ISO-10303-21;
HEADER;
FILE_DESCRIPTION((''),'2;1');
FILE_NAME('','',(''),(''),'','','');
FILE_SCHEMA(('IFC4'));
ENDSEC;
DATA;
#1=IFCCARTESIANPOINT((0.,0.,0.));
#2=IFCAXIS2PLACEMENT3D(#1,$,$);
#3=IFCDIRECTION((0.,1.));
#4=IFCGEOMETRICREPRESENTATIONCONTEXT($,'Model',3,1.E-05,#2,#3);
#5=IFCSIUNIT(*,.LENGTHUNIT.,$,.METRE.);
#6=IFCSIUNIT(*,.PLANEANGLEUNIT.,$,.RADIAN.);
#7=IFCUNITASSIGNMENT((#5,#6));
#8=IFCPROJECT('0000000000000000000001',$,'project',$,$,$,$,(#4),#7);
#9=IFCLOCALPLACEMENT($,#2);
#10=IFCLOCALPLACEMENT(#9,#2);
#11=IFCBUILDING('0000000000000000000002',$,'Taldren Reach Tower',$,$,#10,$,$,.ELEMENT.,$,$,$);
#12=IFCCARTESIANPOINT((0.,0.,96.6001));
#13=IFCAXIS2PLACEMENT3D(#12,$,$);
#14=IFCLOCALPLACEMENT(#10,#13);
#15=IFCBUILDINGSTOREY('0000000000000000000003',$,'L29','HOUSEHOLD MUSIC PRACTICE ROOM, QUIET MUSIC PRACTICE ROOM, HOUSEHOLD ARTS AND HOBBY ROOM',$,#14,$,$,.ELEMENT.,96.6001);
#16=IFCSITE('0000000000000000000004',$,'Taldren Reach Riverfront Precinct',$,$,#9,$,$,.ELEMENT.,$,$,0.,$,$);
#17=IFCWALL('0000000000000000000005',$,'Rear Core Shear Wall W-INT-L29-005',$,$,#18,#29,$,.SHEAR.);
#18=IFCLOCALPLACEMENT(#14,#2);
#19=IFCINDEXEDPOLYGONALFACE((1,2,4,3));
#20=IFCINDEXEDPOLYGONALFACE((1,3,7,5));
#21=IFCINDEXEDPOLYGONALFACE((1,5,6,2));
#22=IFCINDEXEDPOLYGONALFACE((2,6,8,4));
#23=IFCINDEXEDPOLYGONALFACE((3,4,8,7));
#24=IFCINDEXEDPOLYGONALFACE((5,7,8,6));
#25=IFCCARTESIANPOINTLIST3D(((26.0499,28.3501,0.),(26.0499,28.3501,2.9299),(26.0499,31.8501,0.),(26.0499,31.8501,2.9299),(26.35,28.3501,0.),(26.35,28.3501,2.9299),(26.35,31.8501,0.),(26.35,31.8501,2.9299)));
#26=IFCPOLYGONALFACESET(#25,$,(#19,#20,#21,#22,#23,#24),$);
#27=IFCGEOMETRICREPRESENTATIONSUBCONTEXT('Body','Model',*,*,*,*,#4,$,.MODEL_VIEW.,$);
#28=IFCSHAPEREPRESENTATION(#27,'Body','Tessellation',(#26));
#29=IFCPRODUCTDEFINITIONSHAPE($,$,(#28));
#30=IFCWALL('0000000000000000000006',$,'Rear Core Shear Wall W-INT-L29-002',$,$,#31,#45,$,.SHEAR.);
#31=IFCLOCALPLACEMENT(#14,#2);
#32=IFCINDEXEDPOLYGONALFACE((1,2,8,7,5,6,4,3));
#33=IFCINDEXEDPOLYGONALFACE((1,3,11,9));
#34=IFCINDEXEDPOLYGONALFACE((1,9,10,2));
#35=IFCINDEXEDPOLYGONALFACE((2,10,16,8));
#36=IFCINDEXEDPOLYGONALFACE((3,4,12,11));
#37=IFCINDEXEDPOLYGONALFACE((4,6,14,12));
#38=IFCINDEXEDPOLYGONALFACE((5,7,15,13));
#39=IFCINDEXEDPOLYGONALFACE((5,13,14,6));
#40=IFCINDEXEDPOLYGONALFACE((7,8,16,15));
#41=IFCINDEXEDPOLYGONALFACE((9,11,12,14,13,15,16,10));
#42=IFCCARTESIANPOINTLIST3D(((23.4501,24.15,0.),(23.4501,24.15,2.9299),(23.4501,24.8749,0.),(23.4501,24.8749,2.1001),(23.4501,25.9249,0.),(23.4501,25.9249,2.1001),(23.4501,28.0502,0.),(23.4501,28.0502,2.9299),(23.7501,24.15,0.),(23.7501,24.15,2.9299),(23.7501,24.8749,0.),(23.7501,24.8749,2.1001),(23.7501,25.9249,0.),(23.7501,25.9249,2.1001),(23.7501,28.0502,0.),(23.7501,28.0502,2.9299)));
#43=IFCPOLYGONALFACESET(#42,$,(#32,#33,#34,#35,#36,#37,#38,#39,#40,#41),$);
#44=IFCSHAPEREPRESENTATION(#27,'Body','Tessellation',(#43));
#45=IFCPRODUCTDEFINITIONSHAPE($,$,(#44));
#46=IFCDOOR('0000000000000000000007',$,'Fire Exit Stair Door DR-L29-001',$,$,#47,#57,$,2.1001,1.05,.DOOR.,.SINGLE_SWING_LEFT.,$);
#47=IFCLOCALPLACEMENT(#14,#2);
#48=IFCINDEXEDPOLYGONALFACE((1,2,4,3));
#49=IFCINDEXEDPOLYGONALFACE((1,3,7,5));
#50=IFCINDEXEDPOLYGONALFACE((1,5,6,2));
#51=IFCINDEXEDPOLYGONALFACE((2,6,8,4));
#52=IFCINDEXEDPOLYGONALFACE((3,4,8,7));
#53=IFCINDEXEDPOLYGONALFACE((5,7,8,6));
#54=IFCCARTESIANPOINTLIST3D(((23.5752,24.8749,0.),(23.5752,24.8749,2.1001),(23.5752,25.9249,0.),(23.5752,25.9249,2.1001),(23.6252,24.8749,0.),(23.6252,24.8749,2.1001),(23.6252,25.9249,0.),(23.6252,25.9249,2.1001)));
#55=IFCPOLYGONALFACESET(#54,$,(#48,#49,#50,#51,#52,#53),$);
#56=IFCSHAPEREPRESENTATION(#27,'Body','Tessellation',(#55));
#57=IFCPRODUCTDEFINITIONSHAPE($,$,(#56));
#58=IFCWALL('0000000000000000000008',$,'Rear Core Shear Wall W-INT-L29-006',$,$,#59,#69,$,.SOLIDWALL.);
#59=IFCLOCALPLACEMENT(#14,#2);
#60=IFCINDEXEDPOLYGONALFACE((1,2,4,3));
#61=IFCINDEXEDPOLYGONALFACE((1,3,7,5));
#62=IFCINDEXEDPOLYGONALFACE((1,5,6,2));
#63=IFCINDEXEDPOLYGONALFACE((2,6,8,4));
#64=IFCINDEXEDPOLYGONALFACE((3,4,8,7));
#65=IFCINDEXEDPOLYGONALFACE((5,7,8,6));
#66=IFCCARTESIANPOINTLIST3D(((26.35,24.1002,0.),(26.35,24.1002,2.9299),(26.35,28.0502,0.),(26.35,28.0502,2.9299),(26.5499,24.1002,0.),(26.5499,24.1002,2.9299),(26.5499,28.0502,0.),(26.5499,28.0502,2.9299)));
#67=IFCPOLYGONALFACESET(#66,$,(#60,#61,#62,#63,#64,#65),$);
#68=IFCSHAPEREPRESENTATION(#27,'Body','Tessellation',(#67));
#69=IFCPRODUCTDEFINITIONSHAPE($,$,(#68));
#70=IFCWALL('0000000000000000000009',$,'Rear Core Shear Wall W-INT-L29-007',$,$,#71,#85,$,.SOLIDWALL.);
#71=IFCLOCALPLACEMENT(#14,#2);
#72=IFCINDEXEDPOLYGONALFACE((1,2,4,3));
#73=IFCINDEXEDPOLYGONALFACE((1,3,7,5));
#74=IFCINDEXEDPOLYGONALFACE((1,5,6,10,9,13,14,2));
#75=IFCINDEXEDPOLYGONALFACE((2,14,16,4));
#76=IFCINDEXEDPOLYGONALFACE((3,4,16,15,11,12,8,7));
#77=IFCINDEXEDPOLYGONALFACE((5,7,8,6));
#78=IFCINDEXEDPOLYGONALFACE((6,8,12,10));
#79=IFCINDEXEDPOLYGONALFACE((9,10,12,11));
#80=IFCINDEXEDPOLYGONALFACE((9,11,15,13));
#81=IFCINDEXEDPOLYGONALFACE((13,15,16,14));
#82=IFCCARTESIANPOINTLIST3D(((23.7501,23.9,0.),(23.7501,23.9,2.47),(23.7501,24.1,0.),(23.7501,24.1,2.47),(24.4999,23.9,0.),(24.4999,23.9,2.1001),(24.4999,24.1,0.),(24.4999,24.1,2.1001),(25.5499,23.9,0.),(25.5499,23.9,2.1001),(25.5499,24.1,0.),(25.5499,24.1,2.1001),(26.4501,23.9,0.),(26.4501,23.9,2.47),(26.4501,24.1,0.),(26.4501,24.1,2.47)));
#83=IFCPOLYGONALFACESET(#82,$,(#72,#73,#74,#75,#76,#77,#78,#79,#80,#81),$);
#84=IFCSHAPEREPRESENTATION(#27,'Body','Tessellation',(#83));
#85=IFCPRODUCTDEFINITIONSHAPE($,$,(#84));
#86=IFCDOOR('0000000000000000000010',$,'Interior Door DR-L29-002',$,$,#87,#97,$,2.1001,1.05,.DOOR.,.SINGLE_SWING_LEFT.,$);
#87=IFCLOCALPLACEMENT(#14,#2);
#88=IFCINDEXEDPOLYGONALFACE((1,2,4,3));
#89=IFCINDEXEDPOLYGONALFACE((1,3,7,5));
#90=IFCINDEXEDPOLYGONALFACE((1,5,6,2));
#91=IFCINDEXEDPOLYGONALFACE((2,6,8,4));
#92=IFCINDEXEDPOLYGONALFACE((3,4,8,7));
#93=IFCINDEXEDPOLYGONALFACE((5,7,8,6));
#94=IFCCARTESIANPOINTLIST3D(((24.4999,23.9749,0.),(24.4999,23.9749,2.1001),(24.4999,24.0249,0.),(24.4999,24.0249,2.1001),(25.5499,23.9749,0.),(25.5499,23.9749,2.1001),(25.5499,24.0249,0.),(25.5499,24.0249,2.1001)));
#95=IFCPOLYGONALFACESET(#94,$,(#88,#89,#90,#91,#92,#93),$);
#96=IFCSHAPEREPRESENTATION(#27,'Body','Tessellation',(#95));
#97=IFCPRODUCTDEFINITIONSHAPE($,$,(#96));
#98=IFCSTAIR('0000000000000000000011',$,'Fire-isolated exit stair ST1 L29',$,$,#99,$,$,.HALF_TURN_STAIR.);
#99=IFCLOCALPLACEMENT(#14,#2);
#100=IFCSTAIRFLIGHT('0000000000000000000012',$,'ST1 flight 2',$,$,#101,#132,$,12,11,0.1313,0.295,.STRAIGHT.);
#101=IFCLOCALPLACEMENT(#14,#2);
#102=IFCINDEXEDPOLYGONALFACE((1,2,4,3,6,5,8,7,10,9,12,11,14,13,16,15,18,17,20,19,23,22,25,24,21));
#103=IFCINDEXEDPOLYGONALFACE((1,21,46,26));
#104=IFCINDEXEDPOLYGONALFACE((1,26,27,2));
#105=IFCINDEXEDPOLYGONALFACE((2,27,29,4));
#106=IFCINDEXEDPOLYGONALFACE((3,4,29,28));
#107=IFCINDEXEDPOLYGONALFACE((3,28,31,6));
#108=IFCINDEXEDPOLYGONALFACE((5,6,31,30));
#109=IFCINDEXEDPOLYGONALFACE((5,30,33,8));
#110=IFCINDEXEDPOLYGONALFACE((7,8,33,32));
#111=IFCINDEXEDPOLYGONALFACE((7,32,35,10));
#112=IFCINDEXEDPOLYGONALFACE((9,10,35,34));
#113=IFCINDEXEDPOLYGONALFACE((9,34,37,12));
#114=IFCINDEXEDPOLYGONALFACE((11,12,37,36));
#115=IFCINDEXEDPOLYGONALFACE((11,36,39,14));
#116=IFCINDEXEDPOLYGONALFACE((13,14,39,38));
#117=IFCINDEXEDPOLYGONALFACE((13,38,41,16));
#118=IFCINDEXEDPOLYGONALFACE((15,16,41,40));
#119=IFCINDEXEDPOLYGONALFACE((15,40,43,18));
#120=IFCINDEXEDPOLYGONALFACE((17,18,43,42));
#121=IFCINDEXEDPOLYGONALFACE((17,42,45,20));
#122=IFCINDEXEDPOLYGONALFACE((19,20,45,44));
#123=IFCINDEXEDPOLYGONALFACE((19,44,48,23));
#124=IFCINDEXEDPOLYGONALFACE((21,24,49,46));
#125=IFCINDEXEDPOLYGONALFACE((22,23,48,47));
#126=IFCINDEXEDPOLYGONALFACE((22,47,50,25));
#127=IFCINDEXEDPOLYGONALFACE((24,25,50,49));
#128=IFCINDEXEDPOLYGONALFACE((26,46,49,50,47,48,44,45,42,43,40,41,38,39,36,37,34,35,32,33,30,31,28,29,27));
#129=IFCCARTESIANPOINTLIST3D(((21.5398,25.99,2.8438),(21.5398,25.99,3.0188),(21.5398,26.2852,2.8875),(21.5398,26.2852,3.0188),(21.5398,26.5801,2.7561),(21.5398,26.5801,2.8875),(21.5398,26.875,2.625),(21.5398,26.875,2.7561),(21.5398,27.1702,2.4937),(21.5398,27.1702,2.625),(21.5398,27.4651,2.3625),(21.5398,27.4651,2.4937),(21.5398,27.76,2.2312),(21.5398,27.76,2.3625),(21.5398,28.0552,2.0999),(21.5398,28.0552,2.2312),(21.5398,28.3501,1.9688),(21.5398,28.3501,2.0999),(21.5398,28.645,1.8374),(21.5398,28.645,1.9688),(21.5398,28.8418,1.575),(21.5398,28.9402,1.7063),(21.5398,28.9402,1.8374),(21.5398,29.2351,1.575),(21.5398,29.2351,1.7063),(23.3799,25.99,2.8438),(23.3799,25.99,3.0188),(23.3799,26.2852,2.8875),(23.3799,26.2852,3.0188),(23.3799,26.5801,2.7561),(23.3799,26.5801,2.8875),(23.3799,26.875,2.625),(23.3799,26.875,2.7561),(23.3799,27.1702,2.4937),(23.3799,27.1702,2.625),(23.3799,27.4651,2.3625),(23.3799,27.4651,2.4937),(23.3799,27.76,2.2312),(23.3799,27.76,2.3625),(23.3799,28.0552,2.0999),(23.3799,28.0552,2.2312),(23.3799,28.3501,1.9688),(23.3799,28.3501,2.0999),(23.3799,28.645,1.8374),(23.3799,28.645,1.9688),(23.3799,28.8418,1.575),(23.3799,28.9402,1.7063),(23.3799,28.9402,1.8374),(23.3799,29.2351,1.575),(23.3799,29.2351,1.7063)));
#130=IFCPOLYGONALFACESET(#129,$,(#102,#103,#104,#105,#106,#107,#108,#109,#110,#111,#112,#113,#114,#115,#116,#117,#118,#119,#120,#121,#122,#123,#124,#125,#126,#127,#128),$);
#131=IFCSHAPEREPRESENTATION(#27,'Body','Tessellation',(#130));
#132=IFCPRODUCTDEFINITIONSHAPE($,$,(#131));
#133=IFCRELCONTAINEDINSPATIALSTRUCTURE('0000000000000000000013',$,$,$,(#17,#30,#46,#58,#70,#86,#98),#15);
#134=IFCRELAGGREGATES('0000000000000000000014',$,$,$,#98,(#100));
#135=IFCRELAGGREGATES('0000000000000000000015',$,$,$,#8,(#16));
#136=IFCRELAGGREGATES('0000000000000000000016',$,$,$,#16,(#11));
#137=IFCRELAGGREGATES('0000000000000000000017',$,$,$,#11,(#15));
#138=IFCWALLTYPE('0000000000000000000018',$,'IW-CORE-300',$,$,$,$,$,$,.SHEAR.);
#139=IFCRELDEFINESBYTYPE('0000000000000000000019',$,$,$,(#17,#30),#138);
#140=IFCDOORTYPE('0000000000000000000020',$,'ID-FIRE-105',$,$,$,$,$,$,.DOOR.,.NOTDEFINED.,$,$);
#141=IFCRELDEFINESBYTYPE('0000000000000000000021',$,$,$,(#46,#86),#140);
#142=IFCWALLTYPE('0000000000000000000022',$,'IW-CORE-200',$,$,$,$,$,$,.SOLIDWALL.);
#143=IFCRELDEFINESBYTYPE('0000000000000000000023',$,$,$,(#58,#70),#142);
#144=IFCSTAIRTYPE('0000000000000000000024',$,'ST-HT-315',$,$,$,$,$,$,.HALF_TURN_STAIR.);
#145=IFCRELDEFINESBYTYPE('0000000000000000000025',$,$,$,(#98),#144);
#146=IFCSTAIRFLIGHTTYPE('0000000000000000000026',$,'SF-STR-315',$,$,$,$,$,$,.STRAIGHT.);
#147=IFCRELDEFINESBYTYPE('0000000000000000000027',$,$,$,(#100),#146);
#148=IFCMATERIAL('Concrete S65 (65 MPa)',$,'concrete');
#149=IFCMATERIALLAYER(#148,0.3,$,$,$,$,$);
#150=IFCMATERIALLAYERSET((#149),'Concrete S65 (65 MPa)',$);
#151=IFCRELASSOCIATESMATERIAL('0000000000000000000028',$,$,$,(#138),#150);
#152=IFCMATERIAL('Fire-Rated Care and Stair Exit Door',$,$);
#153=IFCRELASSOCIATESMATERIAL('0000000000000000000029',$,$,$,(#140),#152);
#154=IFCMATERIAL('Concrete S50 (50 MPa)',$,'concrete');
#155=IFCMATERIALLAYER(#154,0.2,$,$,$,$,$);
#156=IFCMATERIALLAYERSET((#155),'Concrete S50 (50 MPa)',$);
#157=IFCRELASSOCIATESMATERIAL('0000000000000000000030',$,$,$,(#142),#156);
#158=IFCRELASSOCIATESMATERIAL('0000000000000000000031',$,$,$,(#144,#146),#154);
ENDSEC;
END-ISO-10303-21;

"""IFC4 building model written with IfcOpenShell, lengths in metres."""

from ifc_helpers import new_model, si_unit, direction, frame, frame_2d, origin, place, context, subcontext, project, spatial, polyline, rectangle, outline, extrude, source, transform, mapped, material, layer, layer_set, type_object, element, fill, aggregate, save


model = new_model("IFC4")

# Units and contexts
model_context = context("Model", 3, precision=1e-05, world=origin(), true_north=direction((0.0, 1.0)))
body_context = subcontext(model_context, "Body", "Model", "MODEL_VIEW")
ifc_project = project(units=[si_unit("LENGTHUNIT", "METRE"), si_unit("PLANEANGLEUNIT", "RADIAN")], contexts=[model_context])

# Site, building, storey
site_placement = place(None, origin())
site = spatial("IfcSite", under=ifc_project, at=site_placement, Name="Taldren Reach Riverfront Precinct", CompositionType="ELEMENT", RefElevation=0.0)
building_placement = place(site_placement, origin())
building = spatial("IfcBuilding", under=site, at=building_placement, Name="Taldren Reach Tower", CompositionType="ELEMENT")
storey_placement = place(building_placement, frame((0.0, 0.0, 96.6001)))
storey = spatial("IfcBuildingStorey", under=building, at=storey_placement, Name="L29", Description="HOUSEHOLD MUSIC PRACTICE ROOM, QUIET MUSIC PRACTICE ROOM, HOUSEHOLD ARTS AND HOBBY ROOM", CompositionType="ELEMENT", Elevation=96.6001)

# Shared definitions
ifc_material_1 = material(Name="Concrete S65 (65 MPa)", Category="concrete")

# Wall
ifc_layer_1 = layer(ifc_material_1, 0.3)
ifc_layer_set_1 = layer_set([ifc_layer_1], Name="Concrete S65 (65 MPa)")
wall_type_1 = type_object("IfcWallType", Name="IW-CORE-300", PredefinedType="SHEAR", material=ifc_layer_set_1)
shared_shape_1 = source(origin(), body_context, "Body", "SweptSolid", [
    extrude(rectangle(XDim=3.5, YDim=0.3, at=frame_2d((1.75, 0.0))), origin(), (0.0, 0.0, 1.0), 2.9299),
])
for number, where, z_axis, x_axis, name in (
    (1, (26.2, 28.3501, 0.0), (0.0, 0.0, 1.0), (0.0, 1.0, 0.0), "Rear Core Shear Wall W-INT-L29-005"),
):
    element("IfcWall", number, at=place(storey_placement, frame(where, z_axis=z_axis, x_axis=x_axis)), inside=storey, type_object=wall_type_1, Name=name, PredefinedType="SHEAR", context=body_context, shape_type="MappedRepresentation", body=[
        mapped(shared_shape_1, transform((0.0, 0.0, 0.0), scale=1.0)),
    ])

# Wall, opening, door
shared_shape_2 = source(origin(), body_context, "Body", "SweptSolid", [
    extrude(rectangle(XDim=3.9001, YDim=0.3, at=frame_2d((1.9502, 0.0))), origin(), (0.0, 0.0, 1.0), 2.9299),
])
wall_1_placement = place(storey_placement, frame((23.6001, 24.1499, 0.0), z_axis=(0.0, 0.0, 1.0), x_axis=(0.0, 1.0, 0.0)))
wall_1 = element("IfcWall", 2, at=wall_1_placement, inside=storey, type_object=wall_type_1, Name="Rear Core Shear Wall W-INT-L29-002", PredefinedType="SHEAR", context=body_context, shape_type="MappedRepresentation", body=[
    mapped(shared_shape_2, transform((0.0, 0.0, 0.0), scale=1.0)),
])
shared_shape_3 = source(origin(), body_context, "Body", "SweptSolid", [
    extrude(rectangle(XDim=1.05, YDim=2.1001, at=frame_2d((0.5249, 1.05))), frame((0.0, 0.1602, 0.0), z_axis=(0.0, -1.0, 0.0), x_axis=(1.0, 0.0, 0.0)), (0.0, 0.0, 1.0), 0.3201),
])
opening_1_placement = place(wall_1_placement, frame((0.7251, 0.0, 0.0)))
opening_1 = element("IfcOpeningElement", 3, at=opening_1_placement, cuts=wall_1, PredefinedType="OPENING", context=body_context, shape_type="MappedRepresentation", body=[
    mapped(shared_shape_3, transform((0.0, 0.0, 0.0), scale=1.0)),
])
ifc_material_2 = material(Name="Fire-Rated Care and Stair Exit Door")
door_type_1 = type_object("IfcDoorType", Name="ID-FIRE-105", OperationType="NOTDEFINED", PredefinedType="DOOR", material=ifc_material_2)
shared_shape_4 = source(origin(), body_context, "Body", "SweptSolid", [
    extrude(rectangle(XDim=1.05, YDim=2.1001, at=frame_2d((0.5249, 1.05))), frame((0.0, 0.0249, 0.0), z_axis=(0.0, -1.0, 0.0), x_axis=(1.0, 0.0, 0.0)), (0.0, 0.0, 1.0), 0.05),
])
door_1_placement = place(opening_1_placement, origin())
door_1 = element("IfcDoor", 4, at=door_1_placement, inside=storey, type_object=door_type_1, Name="Fire Exit Stair Door DR-L29-001", OperationType="SINGLE_SWING_LEFT", OverallHeight=2.1001, OverallWidth=1.05, PredefinedType="DOOR", context=body_context, shape_type="MappedRepresentation", body=[
    mapped(shared_shape_4, transform((0.0, 0.0, 0.0), scale=1.0)),
])
fill(opening_1, door_1)

# Wall
ifc_material_3 = material(Name="Concrete S50 (50 MPa)", Category="concrete")
ifc_layer_2 = layer(ifc_material_3, 0.2)
ifc_layer_set_2 = layer_set([ifc_layer_2], Name="Concrete S50 (50 MPa)")
wall_type_2 = type_object("IfcWallType", Name="IW-CORE-200", PredefinedType="SOLIDWALL", material=ifc_layer_set_2)
shared_shape_5 = source(origin(), body_context, "Body", "SweptSolid", [
    extrude(rectangle(XDim=3.95, YDim=0.2, at=frame_2d((1.9751, 0.0))), origin(), (0.0, 0.0, 1.0), 2.9299),
])
wall_2_placement = place(storey_placement, frame((26.45, 24.1001, 0.0), z_axis=(0.0, 0.0, 1.0), x_axis=(0.0, 1.0, 0.0)))
element("IfcWall", 5, at=wall_2_placement, inside=storey, type_object=wall_type_2, Name="Rear Core Shear Wall W-INT-L29-006", PredefinedType="SOLIDWALL", context=body_context, shape_type="MappedRepresentation", body=[
    mapped(shared_shape_5, transform((0.0, 0.0, 0.0), scale=1.0)),
])

# Wall, opening, door
shared_shape_6 = source(origin(), body_context, "Body", "SweptSolid", [
    extrude(rectangle(XDim=2.7, YDim=0.2, at=frame_2d((1.3501, 0.0))), origin(), (0.0, 0.0, 1.0), 2.47),
])
wall_3_placement = place(storey_placement, frame((23.75, 24.0, 0.0), z_axis=(0.0, 0.0, 1.0), x_axis=(1.0, 0.0, 0.0)))
wall_3 = element("IfcWall", 6, at=wall_3_placement, inside=storey, type_object=wall_type_2, Name="Rear Core Shear Wall W-INT-L29-007", PredefinedType="SOLIDWALL", context=body_context, shape_type="MappedRepresentation", body=[
    mapped(shared_shape_6, transform((0.0, 0.0, 0.0), scale=1.0)),
])
shared_shape_7 = source(origin(), body_context, "Body", "SweptSolid", [
    extrude(rectangle(XDim=1.05, YDim=2.1001, at=frame_2d((0.5249, 1.05))), frame((0.0, 0.1099, 0.0), z_axis=(0.0, -1.0, 0.0), x_axis=(1.0, 0.0, 0.0)), (0.0, 0.0, 1.0), 0.22),
])
opening_2_placement = place(wall_3_placement, frame((0.75, 0.0, 0.0)))
opening_2 = element("IfcOpeningElement", 7, at=opening_2_placement, cuts=wall_3, PredefinedType="OPENING", context=body_context, shape_type="MappedRepresentation", body=[
    mapped(shared_shape_7, transform((0.0, 0.0, 0.0), scale=1.0)),
])
door_2_placement = place(opening_2_placement, origin())
door_2 = element("IfcDoor", 8, at=door_2_placement, inside=storey, type_object=door_type_1, Name="Interior Door DR-L29-002", OperationType="SINGLE_SWING_LEFT", OverallHeight=2.1001, OverallWidth=1.05, PredefinedType="DOOR", context=body_context, shape_type="MappedRepresentation", body=[
    mapped(shared_shape_4, transform((0.0, 0.0, 0.0), scale=1.0)),
])
fill(opening_2, door_2)

# Stair, stair flight
stair_type = type_object("IfcStairType", Name="ST-HT-315", PredefinedType="HALF_TURN_STAIR", material=ifc_material_3)
stair_placement = place(storey_placement, origin())
stair = element("IfcStair", 9, at=stair_placement, inside=storey, type_object=stair_type, Name="Fire-isolated exit stair ST1 L29", PredefinedType="HALF_TURN_STAIR")
stair_flight_type = type_object("IfcStairFlightType", Name="SF-STR-315", PredefinedType="STRAIGHT", material=ifc_material_3)
stair_flight_placement = place(storey_placement, frame((22.46, 29.2351, 1.575), z_axis=(0.0, 0.0, 1.0), x_axis=(0.0, -1.0, 0.0)))
stair_flight = element("IfcStairFlight", 10, at=stair_flight_placement, type_object=stair_flight_type, Name="ST1 flight 2", NumberOfRisers=12, NumberOfTreads=11, PredefinedType="STRAIGHT", RiserHeight=0.1313, TreadLength=0.295, context=body_context, shape_type="SweptSolid", body=[
    extrude(outline(polyline([(0.0, 0.0), (0.0, 0.1313), (0.2949, 0.1313), (0.2949, 0.2625), (0.5901, 0.2625), (0.5901, 0.3938), (0.885, 0.3938), (0.885, 0.5249), (1.1799, 0.5249), (1.1799, 0.6562), (1.4751, 0.6562), (1.4751, 0.7876), (1.77, 0.7876), (1.77, 0.9187), (2.0649, 0.9187), (2.0649, 1.05), (2.3601, 1.05), (2.3601, 1.1812), (2.655, 1.1812), (2.655, 1.3125), (2.95, 1.3125), (2.95, 1.4438), (3.2451, 1.4438), (3.2451, 1.575), (3.2451, 1.2688), (0.3933, 0.0), (0.0, 0.0)])), frame((0.0, 0.9199, 0.0), z_axis=(0.0, -1.0, 0.0), x_axis=(1.0, 0.0, 0.0)), (0.0, 0.0, 1.0), 1.8401),
])
aggregate(stair, [stair_flight])

save(model, "model.ifc")
